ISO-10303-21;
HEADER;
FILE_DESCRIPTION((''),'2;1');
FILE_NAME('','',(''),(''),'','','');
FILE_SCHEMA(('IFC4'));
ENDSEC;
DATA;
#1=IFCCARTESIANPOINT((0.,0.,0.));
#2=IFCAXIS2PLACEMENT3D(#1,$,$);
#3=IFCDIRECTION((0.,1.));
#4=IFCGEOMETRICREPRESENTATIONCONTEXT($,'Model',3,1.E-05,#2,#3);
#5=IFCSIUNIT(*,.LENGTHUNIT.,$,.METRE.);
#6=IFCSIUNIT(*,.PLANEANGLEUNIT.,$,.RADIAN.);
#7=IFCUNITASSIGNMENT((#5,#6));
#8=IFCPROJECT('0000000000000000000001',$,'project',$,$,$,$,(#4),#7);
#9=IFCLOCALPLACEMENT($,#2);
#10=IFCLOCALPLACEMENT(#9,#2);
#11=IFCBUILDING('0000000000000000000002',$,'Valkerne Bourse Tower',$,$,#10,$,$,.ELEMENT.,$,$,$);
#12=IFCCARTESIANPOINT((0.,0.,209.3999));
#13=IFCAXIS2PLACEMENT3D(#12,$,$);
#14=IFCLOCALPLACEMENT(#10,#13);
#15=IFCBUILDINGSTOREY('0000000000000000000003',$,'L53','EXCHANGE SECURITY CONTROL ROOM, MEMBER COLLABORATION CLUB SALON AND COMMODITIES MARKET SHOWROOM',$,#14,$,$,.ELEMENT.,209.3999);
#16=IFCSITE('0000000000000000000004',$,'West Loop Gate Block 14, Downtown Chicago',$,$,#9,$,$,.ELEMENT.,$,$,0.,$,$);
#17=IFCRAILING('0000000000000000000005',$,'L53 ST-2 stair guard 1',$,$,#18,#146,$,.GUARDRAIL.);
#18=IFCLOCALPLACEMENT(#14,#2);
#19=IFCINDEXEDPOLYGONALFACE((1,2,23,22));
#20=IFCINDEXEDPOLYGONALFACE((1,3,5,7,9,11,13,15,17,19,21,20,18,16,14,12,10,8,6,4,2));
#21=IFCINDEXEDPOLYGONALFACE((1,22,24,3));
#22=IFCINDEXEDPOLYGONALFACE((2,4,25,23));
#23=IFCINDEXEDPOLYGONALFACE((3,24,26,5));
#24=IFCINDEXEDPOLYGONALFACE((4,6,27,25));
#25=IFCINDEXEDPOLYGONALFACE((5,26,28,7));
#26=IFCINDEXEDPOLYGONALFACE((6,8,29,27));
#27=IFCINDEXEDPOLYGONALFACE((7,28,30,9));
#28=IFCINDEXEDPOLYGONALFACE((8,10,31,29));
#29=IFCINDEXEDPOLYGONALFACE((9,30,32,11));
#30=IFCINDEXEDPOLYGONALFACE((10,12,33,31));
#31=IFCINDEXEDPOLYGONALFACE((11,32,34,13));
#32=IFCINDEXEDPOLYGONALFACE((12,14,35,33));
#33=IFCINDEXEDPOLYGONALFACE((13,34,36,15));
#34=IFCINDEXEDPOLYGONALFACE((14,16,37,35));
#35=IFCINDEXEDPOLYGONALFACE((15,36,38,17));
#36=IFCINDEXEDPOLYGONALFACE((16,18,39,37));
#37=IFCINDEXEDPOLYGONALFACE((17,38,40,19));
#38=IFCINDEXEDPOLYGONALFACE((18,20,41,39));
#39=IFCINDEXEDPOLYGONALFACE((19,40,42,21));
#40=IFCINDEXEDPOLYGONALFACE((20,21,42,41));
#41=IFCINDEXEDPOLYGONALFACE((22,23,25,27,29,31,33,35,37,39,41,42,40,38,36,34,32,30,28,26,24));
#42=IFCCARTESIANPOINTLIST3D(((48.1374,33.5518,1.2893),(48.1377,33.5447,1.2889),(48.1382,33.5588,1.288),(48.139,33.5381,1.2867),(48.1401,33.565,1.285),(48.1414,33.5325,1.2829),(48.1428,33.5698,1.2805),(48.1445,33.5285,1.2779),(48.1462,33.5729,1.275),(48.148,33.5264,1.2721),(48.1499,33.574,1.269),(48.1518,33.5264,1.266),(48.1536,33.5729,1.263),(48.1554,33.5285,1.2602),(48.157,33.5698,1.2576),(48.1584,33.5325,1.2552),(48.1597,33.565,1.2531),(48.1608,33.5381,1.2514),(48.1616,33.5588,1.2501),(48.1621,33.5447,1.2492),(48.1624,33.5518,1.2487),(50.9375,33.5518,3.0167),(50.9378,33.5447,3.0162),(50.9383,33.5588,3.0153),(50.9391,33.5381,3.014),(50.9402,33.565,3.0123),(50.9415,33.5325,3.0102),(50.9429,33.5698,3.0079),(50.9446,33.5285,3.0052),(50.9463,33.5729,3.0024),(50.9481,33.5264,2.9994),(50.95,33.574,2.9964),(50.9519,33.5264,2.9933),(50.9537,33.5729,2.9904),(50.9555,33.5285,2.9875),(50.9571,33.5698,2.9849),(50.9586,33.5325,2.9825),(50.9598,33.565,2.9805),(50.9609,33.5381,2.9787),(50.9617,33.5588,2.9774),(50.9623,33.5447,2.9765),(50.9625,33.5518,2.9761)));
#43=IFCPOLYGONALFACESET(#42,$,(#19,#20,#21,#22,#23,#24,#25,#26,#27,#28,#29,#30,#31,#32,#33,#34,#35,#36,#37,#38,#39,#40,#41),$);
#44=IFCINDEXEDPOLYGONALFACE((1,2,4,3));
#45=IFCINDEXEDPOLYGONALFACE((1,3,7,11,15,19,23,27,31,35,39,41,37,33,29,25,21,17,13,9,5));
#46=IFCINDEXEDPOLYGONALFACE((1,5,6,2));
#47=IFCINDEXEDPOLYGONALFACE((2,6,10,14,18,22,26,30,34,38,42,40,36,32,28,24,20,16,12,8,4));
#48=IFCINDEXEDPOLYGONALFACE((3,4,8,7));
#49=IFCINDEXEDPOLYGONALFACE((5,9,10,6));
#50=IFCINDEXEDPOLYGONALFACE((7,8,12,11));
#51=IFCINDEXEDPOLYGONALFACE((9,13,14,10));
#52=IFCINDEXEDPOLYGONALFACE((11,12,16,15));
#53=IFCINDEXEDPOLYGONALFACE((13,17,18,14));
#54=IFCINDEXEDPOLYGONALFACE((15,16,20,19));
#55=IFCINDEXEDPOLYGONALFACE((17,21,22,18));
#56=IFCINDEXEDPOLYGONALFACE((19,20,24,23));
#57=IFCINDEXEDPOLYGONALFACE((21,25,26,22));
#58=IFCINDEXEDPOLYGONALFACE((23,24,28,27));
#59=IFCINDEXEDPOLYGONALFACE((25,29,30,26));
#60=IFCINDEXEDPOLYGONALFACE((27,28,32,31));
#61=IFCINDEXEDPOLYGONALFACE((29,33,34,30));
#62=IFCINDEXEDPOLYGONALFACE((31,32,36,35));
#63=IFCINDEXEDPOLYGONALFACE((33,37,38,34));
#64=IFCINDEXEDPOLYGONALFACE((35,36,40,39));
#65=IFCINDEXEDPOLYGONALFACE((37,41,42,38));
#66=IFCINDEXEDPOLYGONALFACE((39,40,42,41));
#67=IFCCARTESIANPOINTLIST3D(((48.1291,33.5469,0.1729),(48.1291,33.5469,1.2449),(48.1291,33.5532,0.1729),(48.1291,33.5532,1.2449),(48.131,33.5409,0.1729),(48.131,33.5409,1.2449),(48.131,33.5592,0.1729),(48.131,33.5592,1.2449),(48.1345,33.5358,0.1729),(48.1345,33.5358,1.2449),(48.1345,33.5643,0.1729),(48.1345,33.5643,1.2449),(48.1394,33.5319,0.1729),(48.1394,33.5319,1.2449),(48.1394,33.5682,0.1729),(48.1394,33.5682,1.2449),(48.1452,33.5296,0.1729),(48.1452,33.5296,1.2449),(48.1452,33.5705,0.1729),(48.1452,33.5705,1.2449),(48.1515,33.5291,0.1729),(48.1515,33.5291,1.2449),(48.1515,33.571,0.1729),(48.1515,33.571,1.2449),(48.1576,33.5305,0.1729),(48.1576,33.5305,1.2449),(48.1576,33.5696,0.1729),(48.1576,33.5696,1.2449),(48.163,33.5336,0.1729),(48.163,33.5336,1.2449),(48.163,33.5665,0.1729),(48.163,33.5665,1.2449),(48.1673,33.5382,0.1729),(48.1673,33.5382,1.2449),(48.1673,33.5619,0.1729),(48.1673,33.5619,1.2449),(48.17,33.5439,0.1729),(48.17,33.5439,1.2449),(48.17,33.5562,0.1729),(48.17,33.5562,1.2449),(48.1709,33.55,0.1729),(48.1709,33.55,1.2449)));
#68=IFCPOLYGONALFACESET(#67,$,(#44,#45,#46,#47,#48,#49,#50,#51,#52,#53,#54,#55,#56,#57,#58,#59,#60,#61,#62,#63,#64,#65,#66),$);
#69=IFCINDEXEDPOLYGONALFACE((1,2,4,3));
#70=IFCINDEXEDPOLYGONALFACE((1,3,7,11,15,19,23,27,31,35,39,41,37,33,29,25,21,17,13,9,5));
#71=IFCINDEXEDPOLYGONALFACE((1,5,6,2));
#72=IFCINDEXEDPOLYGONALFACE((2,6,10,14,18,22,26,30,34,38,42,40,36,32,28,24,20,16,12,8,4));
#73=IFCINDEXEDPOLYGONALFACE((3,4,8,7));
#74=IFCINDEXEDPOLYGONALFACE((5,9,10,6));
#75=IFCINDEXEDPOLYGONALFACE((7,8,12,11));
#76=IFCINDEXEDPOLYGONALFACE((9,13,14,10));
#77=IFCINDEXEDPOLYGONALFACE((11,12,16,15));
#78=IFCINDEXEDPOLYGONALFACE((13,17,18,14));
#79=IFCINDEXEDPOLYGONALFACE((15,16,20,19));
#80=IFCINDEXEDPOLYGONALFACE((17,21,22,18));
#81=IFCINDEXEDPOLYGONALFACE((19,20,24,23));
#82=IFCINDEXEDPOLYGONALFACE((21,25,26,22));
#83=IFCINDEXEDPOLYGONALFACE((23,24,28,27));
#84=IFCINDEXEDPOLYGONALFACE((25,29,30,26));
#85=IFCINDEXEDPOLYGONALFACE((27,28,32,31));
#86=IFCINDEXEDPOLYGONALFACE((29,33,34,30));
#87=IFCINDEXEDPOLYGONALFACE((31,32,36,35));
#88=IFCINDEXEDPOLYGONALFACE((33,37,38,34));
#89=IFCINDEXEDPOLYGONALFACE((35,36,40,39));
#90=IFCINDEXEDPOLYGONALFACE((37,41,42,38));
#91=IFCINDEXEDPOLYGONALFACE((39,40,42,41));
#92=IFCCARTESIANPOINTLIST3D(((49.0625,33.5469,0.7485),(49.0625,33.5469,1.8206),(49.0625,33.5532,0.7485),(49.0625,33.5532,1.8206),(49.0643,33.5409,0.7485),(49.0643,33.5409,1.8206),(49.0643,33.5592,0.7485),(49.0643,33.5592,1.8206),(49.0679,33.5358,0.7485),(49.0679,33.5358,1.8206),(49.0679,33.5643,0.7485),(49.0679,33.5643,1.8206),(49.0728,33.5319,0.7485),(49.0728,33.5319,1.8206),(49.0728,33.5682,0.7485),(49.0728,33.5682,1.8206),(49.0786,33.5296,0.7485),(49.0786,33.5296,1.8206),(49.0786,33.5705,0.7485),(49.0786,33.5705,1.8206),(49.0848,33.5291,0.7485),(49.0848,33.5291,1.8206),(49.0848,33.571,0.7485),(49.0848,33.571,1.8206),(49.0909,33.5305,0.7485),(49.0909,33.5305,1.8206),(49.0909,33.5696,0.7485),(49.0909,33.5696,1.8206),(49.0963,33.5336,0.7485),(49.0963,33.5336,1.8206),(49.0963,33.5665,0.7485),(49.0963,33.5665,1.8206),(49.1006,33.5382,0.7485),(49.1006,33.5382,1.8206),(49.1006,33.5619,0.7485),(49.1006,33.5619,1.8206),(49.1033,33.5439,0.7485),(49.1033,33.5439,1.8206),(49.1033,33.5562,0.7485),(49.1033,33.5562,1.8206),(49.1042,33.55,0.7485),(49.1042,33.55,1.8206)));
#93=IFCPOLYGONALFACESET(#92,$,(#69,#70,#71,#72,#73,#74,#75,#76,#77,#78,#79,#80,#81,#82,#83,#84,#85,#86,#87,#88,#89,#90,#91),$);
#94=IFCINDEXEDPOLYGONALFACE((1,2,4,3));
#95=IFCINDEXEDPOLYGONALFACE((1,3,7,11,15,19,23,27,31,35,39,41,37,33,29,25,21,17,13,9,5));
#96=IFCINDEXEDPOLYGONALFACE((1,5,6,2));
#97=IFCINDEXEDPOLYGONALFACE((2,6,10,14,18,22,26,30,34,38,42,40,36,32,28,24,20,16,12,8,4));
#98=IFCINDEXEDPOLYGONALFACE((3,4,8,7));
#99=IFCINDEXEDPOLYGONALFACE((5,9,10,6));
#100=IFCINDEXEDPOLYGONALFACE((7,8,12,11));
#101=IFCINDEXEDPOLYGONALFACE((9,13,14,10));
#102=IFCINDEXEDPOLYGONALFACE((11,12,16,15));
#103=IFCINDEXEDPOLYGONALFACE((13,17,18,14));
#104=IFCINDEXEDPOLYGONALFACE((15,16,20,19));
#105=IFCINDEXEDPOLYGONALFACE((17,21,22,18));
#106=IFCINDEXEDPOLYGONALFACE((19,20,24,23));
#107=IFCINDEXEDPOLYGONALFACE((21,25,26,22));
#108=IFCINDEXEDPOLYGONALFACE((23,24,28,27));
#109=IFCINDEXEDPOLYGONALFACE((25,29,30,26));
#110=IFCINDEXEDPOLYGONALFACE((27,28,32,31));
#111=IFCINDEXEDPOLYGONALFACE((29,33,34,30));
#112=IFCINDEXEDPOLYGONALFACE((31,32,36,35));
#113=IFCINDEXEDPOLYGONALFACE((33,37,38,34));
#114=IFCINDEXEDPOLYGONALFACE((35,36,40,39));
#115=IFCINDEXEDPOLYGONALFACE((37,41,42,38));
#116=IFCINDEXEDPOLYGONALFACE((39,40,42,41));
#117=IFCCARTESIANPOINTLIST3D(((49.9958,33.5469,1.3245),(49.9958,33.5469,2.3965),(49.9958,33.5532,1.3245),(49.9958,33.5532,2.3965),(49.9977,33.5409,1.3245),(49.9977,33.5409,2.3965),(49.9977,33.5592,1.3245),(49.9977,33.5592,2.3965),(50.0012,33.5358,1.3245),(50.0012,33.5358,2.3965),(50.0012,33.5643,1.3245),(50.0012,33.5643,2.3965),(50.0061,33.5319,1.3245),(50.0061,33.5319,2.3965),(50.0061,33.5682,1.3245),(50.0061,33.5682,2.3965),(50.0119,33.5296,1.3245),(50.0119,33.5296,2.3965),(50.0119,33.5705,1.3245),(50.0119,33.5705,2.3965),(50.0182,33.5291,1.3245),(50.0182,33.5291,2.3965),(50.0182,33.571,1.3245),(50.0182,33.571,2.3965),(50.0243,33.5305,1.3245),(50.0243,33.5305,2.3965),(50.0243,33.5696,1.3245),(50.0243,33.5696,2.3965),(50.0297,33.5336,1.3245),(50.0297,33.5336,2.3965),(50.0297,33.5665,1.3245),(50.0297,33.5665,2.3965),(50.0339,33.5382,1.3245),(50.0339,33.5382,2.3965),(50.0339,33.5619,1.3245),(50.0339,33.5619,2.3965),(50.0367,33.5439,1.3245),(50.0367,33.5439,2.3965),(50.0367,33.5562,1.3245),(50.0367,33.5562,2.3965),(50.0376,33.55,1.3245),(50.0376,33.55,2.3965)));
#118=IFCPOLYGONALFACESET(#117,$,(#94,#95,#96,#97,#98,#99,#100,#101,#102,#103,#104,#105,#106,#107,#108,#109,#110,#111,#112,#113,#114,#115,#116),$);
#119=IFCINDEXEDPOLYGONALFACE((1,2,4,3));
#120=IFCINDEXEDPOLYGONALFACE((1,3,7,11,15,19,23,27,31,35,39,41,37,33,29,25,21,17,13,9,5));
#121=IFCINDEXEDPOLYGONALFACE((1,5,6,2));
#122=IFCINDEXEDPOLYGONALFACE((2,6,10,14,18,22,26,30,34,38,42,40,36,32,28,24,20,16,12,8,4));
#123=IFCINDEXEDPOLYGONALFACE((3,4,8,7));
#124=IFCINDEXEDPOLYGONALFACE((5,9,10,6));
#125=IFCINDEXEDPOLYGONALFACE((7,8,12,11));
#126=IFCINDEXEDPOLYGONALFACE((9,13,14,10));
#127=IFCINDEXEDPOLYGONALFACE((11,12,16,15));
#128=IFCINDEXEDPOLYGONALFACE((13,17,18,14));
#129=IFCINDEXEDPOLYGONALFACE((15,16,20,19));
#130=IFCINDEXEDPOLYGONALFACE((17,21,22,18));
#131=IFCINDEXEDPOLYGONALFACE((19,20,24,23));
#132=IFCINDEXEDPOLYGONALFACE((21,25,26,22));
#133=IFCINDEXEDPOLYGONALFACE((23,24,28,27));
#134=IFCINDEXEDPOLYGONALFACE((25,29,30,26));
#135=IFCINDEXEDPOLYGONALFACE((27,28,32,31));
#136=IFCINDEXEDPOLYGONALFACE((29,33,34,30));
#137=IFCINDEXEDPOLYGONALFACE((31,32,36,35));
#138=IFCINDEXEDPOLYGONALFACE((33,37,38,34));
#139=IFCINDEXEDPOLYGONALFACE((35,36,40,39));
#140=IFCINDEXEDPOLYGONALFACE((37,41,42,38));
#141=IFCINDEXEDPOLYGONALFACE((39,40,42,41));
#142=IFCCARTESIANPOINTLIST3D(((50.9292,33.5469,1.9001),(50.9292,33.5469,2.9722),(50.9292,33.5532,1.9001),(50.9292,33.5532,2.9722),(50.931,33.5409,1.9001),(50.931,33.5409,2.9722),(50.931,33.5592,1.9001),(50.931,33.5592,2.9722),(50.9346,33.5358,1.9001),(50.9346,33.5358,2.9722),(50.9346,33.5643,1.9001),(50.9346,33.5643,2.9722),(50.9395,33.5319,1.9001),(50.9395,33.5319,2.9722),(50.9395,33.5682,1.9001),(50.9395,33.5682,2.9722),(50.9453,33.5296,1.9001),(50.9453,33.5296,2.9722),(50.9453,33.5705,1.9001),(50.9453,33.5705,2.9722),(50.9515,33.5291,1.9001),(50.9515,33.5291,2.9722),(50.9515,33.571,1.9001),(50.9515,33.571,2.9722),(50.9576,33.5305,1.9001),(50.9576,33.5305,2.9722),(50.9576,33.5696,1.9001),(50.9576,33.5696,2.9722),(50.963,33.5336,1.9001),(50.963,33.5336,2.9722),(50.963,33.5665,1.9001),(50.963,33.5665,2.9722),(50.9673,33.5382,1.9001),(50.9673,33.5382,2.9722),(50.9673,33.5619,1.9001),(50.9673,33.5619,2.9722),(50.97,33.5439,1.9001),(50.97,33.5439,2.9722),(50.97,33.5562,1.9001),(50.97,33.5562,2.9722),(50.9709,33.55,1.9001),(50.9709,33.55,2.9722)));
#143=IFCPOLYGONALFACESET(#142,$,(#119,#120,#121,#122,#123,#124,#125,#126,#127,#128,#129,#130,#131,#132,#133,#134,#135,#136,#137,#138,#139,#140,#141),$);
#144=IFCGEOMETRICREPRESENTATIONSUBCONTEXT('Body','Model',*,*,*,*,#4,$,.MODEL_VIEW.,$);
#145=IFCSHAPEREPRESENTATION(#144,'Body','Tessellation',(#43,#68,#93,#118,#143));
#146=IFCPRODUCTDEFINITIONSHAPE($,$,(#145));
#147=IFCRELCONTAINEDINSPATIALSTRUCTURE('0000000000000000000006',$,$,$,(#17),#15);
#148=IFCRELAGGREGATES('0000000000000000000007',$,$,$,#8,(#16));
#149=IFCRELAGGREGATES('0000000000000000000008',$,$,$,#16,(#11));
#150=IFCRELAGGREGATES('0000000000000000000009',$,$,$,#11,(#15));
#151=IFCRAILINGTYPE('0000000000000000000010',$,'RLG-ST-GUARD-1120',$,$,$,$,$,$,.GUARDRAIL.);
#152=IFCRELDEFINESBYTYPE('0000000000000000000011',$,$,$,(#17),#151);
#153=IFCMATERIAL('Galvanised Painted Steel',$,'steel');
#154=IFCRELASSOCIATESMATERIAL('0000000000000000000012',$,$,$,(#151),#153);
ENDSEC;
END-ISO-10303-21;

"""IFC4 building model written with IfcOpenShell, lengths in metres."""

from ifc_helpers import new_model, si_unit, direction, frame, origin, origin_2d, place, context, subcontext, project, spatial, circle, extrude, material, type_object, element, save


model = new_model("IFC4")

# Units and contexts
model_context = context("Model", 3, precision=1e-05, world=origin(), true_north=direction((0.0, 1.0)))
body_context = subcontext(model_context, "Body", "Model", "MODEL_VIEW")
ifc_project = project(units=[si_unit("LENGTHUNIT", "METRE"), si_unit("PLANEANGLEUNIT", "RADIAN")], contexts=[model_context])

# Site, building, storey
site_placement = place(None, origin())
site = spatial("IfcSite", under=ifc_project, at=site_placement, Name="West Loop Gate Block 14, Downtown Chicago", CompositionType="ELEMENT", RefElevation=0.0)
building_placement = place(site_placement, origin())
building = spatial("IfcBuilding", under=site, at=building_placement, Name="Valkerne Bourse Tower", CompositionType="ELEMENT")
storey_placement = place(building_placement, frame((0.0, 0.0, 209.3999)))
storey = spatial("IfcBuildingStorey", under=building, at=storey_placement, Name="L53", Description="EXCHANGE SECURITY CONTROL ROOM, MEMBER COLLABORATION CLUB SALON AND COMMODITIES MARKET SHOWROOM", CompositionType="ELEMENT", Elevation=209.3999)

# Shared definitions
ifc_material_1 = material(Name="Galvanised Painted Steel", Category="steel")

# Railing
railing_type_1 = type_object("IfcRailingType", Name="RLG-ST-GUARD-1120", PredefinedType="GUARDRAIL", material=ifc_material_1)
railing_1_placement = place(storey_placement, frame((48.1499, 33.55, 0.1729)))
element("IfcRailing", 1, at=railing_1_placement, inside=storey, type_object=railing_type_1, Name="L53 ST-2 stair guard 1", PredefinedType="GUARDRAIL", context=body_context, shape_type="SweptSolid", body=[
    extrude(circle(Radius=0.0239, at=origin_2d()), frame((0.0, 0.0, 1.0962), z_axis=(0.85109, 0.0, 0.52502), x_axis=(0.0, 1.0, 0.0)), (0.0, 0.0, 1.0), 3.29),
    extrude(circle(Radius=0.021, at=origin_2d()), origin(), (0.0, 0.0, 1.0), 1.072),
    extrude(circle(Radius=0.021, at=origin_2d()), frame((0.9333, 0.0, 0.5757)), (0.0, 0.0, 1.0), 1.072),
    extrude(circle(Radius=0.021, at=origin_2d()), frame((1.8667, 0.0, 1.1516)), (0.0, 0.0, 1.0), 1.072),
    extrude(circle(Radius=0.021, at=origin_2d()), frame((2.8, 0.0, 1.7273)), (0.0, 0.0, 1.0), 1.072),
])

save(model, "model.ifc")
